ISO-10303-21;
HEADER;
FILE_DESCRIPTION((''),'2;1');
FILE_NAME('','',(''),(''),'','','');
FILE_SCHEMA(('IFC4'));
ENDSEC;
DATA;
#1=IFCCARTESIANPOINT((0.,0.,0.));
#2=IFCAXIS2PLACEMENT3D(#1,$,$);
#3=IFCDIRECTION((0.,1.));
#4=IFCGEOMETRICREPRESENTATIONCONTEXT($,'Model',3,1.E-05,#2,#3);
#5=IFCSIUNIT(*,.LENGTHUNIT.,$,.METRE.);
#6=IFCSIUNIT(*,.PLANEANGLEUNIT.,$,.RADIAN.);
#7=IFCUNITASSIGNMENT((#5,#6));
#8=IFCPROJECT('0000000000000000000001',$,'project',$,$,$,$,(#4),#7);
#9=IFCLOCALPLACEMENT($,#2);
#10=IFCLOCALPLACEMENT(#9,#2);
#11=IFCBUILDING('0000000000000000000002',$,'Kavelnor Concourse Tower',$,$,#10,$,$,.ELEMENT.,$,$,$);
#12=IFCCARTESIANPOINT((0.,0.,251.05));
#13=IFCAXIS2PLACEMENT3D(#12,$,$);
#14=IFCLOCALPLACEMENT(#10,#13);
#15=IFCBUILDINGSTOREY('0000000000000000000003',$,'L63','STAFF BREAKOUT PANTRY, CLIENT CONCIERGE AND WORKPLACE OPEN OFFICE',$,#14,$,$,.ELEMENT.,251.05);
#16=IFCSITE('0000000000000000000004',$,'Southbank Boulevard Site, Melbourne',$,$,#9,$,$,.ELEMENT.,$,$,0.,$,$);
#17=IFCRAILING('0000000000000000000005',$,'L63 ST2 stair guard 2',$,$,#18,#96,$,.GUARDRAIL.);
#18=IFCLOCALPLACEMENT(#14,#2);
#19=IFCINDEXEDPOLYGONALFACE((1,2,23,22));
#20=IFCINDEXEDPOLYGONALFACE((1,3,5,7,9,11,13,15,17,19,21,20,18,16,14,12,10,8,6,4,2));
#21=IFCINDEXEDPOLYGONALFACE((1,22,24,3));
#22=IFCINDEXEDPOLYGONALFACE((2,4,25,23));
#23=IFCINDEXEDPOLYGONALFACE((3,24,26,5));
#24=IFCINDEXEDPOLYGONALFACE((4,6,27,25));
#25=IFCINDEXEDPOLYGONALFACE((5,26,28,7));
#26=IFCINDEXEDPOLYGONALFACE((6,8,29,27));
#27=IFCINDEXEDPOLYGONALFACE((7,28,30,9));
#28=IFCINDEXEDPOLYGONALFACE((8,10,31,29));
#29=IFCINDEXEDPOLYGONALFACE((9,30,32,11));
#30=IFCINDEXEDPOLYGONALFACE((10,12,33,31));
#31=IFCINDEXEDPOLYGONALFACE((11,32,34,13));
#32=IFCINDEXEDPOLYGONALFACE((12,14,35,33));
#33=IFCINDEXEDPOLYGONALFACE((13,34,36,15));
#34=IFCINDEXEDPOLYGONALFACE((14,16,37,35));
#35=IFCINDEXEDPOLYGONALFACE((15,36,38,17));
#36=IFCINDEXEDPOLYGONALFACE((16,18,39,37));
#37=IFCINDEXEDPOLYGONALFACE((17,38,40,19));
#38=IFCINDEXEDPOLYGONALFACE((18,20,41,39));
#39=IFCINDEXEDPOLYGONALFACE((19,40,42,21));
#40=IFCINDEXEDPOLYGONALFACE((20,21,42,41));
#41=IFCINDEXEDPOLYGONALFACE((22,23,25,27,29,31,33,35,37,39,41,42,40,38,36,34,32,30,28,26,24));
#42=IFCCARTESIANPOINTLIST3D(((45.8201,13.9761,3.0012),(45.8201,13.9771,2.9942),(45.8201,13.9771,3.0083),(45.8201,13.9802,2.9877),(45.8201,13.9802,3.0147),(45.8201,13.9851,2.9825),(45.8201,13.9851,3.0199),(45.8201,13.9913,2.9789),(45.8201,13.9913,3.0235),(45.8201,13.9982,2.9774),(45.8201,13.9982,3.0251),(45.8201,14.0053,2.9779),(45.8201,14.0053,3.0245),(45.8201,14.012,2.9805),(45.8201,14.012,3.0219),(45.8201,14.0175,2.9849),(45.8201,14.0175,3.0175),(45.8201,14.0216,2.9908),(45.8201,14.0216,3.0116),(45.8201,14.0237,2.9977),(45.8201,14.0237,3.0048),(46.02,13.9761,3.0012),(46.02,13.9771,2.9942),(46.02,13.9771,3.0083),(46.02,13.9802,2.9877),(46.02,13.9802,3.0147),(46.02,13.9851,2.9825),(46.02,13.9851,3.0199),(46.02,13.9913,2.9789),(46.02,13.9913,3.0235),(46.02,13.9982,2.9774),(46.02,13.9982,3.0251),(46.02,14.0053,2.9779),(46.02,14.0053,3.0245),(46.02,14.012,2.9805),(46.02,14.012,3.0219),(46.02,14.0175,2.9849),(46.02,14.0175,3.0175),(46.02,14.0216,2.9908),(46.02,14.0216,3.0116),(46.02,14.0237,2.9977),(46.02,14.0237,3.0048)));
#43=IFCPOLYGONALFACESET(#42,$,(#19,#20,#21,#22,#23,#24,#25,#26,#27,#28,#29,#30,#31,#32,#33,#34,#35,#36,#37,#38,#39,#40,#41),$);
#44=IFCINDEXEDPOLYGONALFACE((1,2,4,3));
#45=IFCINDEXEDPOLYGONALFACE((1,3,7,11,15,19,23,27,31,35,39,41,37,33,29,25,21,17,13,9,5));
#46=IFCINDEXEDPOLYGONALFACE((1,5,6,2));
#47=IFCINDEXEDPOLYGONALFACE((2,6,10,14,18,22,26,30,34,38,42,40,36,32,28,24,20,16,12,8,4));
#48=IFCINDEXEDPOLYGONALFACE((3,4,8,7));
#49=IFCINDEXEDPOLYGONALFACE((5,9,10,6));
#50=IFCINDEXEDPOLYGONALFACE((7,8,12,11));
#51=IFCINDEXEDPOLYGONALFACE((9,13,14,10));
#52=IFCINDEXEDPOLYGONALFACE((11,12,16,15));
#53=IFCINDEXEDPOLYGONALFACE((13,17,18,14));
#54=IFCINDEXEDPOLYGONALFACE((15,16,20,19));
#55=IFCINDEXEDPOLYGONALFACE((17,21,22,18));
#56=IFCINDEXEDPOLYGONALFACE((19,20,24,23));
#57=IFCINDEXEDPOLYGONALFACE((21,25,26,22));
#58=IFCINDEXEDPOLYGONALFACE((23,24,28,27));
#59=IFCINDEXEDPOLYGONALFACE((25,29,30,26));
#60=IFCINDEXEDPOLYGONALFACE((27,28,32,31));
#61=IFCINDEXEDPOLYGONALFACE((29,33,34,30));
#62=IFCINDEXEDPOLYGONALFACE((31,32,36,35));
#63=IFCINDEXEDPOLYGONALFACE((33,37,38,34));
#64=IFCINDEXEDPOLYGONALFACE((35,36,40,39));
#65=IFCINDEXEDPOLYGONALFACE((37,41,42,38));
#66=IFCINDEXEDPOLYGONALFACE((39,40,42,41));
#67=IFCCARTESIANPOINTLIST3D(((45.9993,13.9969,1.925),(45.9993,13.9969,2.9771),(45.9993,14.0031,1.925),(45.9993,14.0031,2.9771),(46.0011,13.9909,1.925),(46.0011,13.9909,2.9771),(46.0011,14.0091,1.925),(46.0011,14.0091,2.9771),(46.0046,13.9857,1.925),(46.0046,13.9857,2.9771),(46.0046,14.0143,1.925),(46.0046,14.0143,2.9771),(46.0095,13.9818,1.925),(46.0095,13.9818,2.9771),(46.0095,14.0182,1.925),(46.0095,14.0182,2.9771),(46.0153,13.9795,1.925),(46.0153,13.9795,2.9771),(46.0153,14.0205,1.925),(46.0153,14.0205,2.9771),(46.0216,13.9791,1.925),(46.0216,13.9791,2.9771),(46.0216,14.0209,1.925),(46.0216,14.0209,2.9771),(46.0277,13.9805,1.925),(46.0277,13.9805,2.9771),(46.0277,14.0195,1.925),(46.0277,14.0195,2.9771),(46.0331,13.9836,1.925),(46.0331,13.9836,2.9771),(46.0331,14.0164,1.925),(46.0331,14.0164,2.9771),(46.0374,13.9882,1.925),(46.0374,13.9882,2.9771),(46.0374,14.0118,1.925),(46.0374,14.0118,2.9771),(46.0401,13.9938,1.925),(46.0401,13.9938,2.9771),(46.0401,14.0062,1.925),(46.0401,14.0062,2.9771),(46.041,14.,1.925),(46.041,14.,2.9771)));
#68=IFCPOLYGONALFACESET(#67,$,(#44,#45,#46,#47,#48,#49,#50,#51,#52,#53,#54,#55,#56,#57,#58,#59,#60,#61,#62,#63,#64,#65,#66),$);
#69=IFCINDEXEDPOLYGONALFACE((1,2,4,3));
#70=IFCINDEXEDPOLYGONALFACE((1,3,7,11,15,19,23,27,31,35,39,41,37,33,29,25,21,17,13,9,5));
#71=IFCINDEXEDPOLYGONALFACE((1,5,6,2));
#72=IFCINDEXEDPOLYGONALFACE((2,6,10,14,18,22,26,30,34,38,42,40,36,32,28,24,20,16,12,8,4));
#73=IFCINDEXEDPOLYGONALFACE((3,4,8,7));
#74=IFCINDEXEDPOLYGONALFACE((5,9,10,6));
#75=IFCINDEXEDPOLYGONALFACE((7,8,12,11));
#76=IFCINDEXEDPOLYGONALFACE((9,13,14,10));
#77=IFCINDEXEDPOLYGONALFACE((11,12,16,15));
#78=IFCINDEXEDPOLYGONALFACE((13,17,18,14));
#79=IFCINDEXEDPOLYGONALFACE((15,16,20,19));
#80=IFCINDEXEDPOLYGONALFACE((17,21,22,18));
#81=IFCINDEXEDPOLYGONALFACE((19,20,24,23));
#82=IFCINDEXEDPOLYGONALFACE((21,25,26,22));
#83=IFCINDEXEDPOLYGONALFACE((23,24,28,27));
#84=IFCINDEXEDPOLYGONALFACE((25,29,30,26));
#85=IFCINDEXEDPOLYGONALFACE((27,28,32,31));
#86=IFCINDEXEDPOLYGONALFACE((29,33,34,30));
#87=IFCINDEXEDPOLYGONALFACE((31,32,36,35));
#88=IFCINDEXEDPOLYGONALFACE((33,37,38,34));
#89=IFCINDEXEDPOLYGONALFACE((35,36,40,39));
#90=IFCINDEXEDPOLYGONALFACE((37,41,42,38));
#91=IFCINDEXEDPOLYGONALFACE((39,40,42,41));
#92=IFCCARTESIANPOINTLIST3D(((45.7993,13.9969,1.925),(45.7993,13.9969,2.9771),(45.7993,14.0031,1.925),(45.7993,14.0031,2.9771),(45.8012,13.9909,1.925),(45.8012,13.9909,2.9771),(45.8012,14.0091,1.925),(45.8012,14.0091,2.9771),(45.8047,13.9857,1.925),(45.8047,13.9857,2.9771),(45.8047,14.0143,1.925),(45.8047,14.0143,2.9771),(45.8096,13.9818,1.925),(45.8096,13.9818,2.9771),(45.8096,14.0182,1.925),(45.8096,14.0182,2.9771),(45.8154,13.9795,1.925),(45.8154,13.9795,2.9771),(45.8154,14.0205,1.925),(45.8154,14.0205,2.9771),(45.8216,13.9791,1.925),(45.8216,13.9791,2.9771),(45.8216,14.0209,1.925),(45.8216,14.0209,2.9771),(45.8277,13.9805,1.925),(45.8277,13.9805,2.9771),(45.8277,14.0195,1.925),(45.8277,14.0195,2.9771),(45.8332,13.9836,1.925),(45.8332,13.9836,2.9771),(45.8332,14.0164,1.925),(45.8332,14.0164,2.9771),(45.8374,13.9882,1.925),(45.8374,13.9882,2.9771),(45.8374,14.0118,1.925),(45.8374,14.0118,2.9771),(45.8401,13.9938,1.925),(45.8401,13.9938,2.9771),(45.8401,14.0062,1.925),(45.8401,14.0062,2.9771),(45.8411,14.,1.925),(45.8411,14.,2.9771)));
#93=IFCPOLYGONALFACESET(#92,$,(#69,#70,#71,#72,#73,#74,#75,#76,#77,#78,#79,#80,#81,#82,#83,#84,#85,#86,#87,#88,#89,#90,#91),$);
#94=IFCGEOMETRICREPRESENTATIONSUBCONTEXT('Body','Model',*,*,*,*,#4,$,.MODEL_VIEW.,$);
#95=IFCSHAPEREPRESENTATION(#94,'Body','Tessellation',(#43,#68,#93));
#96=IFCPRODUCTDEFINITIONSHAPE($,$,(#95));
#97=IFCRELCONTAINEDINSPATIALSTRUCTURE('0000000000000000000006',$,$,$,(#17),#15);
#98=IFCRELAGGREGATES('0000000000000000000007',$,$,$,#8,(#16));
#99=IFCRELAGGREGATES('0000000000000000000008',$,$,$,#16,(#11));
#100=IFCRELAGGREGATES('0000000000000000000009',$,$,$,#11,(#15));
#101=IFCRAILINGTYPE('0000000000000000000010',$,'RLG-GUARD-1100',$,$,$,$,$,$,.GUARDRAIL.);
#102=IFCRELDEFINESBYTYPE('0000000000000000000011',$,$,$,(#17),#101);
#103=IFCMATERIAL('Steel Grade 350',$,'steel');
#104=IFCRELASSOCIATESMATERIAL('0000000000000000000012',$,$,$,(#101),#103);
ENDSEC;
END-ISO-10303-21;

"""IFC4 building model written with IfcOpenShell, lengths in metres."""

from ifc_helpers import new_model, si_unit, direction, frame, origin, origin_2d, place, context, subcontext, project, spatial, circle, extrude, material, type_object, element, save


model = new_model("IFC4")

# Units and contexts
model_context = context("Model", 3, precision=1e-05, world=origin(), true_north=direction((0.0, 1.0)))
body_context = subcontext(model_context, "Body", "Model", "MODEL_VIEW")
ifc_project = project(units=[si_unit("LENGTHUNIT", "METRE"), si_unit("PLANEANGLEUNIT", "RADIAN")], contexts=[model_context])

# Site, building, storey
site_placement = place(None, origin())
site = spatial("IfcSite", under=ifc_project, at=site_placement, Name="Southbank Boulevard Site, Melbourne", CompositionType="ELEMENT", RefElevation=0.0)
building_placement = place(site_placement, origin())
building = spatial("IfcBuilding", under=site, at=building_placement, Name="Kavelnor Concourse Tower", CompositionType="ELEMENT")
storey_placement = place(building_placement, frame((0.0, 0.0, 251.05)))
storey = spatial("IfcBuildingStorey", under=building, at=storey_placement, Name="L63", Description="STAFF BREAKOUT PANTRY, CLIENT CONCIERGE AND WORKPLACE OPEN OFFICE", CompositionType="ELEMENT", Elevation=251.05)

# Shared definitions
ifc_material_1 = material(Name="Steel Grade 350", Category="steel")

# Railing
railing_type_1 = type_object("IfcRailingType", Name="RLG-GUARD-1100", PredefinedType="GUARDRAIL", material=ifc_material_1)
railing_1_placement = place(storey_placement, frame((46.02, 14.0, 1.925)))
element("IfcRailing", 1, at=railing_1_placement, inside=storey, type_object=railing_type_1, Name="L63 ST2 stair guard 2", PredefinedType="GUARDRAIL", context=body_context, shape_type="SweptSolid", body=[
    extrude(circle(Radius=0.0239, at=origin_2d()), frame((0.0, 0.0, 1.0762), z_axis=(-1.0, 0.0, 0.0), x_axis=(0.0, -1.0, 0.0)), (0.0, 0.0, 1.0), 0.2),
    extrude(circle(Radius=0.021, at=origin_2d()), origin(), (0.0, 0.0, 1.0), 1.052),
    extrude(circle(Radius=0.021, at=origin_2d()), frame((-0.2, 0.0, 0.0)), (0.0, 0.0, 1.0), 1.052),
])

save(model, "model.ifc")
